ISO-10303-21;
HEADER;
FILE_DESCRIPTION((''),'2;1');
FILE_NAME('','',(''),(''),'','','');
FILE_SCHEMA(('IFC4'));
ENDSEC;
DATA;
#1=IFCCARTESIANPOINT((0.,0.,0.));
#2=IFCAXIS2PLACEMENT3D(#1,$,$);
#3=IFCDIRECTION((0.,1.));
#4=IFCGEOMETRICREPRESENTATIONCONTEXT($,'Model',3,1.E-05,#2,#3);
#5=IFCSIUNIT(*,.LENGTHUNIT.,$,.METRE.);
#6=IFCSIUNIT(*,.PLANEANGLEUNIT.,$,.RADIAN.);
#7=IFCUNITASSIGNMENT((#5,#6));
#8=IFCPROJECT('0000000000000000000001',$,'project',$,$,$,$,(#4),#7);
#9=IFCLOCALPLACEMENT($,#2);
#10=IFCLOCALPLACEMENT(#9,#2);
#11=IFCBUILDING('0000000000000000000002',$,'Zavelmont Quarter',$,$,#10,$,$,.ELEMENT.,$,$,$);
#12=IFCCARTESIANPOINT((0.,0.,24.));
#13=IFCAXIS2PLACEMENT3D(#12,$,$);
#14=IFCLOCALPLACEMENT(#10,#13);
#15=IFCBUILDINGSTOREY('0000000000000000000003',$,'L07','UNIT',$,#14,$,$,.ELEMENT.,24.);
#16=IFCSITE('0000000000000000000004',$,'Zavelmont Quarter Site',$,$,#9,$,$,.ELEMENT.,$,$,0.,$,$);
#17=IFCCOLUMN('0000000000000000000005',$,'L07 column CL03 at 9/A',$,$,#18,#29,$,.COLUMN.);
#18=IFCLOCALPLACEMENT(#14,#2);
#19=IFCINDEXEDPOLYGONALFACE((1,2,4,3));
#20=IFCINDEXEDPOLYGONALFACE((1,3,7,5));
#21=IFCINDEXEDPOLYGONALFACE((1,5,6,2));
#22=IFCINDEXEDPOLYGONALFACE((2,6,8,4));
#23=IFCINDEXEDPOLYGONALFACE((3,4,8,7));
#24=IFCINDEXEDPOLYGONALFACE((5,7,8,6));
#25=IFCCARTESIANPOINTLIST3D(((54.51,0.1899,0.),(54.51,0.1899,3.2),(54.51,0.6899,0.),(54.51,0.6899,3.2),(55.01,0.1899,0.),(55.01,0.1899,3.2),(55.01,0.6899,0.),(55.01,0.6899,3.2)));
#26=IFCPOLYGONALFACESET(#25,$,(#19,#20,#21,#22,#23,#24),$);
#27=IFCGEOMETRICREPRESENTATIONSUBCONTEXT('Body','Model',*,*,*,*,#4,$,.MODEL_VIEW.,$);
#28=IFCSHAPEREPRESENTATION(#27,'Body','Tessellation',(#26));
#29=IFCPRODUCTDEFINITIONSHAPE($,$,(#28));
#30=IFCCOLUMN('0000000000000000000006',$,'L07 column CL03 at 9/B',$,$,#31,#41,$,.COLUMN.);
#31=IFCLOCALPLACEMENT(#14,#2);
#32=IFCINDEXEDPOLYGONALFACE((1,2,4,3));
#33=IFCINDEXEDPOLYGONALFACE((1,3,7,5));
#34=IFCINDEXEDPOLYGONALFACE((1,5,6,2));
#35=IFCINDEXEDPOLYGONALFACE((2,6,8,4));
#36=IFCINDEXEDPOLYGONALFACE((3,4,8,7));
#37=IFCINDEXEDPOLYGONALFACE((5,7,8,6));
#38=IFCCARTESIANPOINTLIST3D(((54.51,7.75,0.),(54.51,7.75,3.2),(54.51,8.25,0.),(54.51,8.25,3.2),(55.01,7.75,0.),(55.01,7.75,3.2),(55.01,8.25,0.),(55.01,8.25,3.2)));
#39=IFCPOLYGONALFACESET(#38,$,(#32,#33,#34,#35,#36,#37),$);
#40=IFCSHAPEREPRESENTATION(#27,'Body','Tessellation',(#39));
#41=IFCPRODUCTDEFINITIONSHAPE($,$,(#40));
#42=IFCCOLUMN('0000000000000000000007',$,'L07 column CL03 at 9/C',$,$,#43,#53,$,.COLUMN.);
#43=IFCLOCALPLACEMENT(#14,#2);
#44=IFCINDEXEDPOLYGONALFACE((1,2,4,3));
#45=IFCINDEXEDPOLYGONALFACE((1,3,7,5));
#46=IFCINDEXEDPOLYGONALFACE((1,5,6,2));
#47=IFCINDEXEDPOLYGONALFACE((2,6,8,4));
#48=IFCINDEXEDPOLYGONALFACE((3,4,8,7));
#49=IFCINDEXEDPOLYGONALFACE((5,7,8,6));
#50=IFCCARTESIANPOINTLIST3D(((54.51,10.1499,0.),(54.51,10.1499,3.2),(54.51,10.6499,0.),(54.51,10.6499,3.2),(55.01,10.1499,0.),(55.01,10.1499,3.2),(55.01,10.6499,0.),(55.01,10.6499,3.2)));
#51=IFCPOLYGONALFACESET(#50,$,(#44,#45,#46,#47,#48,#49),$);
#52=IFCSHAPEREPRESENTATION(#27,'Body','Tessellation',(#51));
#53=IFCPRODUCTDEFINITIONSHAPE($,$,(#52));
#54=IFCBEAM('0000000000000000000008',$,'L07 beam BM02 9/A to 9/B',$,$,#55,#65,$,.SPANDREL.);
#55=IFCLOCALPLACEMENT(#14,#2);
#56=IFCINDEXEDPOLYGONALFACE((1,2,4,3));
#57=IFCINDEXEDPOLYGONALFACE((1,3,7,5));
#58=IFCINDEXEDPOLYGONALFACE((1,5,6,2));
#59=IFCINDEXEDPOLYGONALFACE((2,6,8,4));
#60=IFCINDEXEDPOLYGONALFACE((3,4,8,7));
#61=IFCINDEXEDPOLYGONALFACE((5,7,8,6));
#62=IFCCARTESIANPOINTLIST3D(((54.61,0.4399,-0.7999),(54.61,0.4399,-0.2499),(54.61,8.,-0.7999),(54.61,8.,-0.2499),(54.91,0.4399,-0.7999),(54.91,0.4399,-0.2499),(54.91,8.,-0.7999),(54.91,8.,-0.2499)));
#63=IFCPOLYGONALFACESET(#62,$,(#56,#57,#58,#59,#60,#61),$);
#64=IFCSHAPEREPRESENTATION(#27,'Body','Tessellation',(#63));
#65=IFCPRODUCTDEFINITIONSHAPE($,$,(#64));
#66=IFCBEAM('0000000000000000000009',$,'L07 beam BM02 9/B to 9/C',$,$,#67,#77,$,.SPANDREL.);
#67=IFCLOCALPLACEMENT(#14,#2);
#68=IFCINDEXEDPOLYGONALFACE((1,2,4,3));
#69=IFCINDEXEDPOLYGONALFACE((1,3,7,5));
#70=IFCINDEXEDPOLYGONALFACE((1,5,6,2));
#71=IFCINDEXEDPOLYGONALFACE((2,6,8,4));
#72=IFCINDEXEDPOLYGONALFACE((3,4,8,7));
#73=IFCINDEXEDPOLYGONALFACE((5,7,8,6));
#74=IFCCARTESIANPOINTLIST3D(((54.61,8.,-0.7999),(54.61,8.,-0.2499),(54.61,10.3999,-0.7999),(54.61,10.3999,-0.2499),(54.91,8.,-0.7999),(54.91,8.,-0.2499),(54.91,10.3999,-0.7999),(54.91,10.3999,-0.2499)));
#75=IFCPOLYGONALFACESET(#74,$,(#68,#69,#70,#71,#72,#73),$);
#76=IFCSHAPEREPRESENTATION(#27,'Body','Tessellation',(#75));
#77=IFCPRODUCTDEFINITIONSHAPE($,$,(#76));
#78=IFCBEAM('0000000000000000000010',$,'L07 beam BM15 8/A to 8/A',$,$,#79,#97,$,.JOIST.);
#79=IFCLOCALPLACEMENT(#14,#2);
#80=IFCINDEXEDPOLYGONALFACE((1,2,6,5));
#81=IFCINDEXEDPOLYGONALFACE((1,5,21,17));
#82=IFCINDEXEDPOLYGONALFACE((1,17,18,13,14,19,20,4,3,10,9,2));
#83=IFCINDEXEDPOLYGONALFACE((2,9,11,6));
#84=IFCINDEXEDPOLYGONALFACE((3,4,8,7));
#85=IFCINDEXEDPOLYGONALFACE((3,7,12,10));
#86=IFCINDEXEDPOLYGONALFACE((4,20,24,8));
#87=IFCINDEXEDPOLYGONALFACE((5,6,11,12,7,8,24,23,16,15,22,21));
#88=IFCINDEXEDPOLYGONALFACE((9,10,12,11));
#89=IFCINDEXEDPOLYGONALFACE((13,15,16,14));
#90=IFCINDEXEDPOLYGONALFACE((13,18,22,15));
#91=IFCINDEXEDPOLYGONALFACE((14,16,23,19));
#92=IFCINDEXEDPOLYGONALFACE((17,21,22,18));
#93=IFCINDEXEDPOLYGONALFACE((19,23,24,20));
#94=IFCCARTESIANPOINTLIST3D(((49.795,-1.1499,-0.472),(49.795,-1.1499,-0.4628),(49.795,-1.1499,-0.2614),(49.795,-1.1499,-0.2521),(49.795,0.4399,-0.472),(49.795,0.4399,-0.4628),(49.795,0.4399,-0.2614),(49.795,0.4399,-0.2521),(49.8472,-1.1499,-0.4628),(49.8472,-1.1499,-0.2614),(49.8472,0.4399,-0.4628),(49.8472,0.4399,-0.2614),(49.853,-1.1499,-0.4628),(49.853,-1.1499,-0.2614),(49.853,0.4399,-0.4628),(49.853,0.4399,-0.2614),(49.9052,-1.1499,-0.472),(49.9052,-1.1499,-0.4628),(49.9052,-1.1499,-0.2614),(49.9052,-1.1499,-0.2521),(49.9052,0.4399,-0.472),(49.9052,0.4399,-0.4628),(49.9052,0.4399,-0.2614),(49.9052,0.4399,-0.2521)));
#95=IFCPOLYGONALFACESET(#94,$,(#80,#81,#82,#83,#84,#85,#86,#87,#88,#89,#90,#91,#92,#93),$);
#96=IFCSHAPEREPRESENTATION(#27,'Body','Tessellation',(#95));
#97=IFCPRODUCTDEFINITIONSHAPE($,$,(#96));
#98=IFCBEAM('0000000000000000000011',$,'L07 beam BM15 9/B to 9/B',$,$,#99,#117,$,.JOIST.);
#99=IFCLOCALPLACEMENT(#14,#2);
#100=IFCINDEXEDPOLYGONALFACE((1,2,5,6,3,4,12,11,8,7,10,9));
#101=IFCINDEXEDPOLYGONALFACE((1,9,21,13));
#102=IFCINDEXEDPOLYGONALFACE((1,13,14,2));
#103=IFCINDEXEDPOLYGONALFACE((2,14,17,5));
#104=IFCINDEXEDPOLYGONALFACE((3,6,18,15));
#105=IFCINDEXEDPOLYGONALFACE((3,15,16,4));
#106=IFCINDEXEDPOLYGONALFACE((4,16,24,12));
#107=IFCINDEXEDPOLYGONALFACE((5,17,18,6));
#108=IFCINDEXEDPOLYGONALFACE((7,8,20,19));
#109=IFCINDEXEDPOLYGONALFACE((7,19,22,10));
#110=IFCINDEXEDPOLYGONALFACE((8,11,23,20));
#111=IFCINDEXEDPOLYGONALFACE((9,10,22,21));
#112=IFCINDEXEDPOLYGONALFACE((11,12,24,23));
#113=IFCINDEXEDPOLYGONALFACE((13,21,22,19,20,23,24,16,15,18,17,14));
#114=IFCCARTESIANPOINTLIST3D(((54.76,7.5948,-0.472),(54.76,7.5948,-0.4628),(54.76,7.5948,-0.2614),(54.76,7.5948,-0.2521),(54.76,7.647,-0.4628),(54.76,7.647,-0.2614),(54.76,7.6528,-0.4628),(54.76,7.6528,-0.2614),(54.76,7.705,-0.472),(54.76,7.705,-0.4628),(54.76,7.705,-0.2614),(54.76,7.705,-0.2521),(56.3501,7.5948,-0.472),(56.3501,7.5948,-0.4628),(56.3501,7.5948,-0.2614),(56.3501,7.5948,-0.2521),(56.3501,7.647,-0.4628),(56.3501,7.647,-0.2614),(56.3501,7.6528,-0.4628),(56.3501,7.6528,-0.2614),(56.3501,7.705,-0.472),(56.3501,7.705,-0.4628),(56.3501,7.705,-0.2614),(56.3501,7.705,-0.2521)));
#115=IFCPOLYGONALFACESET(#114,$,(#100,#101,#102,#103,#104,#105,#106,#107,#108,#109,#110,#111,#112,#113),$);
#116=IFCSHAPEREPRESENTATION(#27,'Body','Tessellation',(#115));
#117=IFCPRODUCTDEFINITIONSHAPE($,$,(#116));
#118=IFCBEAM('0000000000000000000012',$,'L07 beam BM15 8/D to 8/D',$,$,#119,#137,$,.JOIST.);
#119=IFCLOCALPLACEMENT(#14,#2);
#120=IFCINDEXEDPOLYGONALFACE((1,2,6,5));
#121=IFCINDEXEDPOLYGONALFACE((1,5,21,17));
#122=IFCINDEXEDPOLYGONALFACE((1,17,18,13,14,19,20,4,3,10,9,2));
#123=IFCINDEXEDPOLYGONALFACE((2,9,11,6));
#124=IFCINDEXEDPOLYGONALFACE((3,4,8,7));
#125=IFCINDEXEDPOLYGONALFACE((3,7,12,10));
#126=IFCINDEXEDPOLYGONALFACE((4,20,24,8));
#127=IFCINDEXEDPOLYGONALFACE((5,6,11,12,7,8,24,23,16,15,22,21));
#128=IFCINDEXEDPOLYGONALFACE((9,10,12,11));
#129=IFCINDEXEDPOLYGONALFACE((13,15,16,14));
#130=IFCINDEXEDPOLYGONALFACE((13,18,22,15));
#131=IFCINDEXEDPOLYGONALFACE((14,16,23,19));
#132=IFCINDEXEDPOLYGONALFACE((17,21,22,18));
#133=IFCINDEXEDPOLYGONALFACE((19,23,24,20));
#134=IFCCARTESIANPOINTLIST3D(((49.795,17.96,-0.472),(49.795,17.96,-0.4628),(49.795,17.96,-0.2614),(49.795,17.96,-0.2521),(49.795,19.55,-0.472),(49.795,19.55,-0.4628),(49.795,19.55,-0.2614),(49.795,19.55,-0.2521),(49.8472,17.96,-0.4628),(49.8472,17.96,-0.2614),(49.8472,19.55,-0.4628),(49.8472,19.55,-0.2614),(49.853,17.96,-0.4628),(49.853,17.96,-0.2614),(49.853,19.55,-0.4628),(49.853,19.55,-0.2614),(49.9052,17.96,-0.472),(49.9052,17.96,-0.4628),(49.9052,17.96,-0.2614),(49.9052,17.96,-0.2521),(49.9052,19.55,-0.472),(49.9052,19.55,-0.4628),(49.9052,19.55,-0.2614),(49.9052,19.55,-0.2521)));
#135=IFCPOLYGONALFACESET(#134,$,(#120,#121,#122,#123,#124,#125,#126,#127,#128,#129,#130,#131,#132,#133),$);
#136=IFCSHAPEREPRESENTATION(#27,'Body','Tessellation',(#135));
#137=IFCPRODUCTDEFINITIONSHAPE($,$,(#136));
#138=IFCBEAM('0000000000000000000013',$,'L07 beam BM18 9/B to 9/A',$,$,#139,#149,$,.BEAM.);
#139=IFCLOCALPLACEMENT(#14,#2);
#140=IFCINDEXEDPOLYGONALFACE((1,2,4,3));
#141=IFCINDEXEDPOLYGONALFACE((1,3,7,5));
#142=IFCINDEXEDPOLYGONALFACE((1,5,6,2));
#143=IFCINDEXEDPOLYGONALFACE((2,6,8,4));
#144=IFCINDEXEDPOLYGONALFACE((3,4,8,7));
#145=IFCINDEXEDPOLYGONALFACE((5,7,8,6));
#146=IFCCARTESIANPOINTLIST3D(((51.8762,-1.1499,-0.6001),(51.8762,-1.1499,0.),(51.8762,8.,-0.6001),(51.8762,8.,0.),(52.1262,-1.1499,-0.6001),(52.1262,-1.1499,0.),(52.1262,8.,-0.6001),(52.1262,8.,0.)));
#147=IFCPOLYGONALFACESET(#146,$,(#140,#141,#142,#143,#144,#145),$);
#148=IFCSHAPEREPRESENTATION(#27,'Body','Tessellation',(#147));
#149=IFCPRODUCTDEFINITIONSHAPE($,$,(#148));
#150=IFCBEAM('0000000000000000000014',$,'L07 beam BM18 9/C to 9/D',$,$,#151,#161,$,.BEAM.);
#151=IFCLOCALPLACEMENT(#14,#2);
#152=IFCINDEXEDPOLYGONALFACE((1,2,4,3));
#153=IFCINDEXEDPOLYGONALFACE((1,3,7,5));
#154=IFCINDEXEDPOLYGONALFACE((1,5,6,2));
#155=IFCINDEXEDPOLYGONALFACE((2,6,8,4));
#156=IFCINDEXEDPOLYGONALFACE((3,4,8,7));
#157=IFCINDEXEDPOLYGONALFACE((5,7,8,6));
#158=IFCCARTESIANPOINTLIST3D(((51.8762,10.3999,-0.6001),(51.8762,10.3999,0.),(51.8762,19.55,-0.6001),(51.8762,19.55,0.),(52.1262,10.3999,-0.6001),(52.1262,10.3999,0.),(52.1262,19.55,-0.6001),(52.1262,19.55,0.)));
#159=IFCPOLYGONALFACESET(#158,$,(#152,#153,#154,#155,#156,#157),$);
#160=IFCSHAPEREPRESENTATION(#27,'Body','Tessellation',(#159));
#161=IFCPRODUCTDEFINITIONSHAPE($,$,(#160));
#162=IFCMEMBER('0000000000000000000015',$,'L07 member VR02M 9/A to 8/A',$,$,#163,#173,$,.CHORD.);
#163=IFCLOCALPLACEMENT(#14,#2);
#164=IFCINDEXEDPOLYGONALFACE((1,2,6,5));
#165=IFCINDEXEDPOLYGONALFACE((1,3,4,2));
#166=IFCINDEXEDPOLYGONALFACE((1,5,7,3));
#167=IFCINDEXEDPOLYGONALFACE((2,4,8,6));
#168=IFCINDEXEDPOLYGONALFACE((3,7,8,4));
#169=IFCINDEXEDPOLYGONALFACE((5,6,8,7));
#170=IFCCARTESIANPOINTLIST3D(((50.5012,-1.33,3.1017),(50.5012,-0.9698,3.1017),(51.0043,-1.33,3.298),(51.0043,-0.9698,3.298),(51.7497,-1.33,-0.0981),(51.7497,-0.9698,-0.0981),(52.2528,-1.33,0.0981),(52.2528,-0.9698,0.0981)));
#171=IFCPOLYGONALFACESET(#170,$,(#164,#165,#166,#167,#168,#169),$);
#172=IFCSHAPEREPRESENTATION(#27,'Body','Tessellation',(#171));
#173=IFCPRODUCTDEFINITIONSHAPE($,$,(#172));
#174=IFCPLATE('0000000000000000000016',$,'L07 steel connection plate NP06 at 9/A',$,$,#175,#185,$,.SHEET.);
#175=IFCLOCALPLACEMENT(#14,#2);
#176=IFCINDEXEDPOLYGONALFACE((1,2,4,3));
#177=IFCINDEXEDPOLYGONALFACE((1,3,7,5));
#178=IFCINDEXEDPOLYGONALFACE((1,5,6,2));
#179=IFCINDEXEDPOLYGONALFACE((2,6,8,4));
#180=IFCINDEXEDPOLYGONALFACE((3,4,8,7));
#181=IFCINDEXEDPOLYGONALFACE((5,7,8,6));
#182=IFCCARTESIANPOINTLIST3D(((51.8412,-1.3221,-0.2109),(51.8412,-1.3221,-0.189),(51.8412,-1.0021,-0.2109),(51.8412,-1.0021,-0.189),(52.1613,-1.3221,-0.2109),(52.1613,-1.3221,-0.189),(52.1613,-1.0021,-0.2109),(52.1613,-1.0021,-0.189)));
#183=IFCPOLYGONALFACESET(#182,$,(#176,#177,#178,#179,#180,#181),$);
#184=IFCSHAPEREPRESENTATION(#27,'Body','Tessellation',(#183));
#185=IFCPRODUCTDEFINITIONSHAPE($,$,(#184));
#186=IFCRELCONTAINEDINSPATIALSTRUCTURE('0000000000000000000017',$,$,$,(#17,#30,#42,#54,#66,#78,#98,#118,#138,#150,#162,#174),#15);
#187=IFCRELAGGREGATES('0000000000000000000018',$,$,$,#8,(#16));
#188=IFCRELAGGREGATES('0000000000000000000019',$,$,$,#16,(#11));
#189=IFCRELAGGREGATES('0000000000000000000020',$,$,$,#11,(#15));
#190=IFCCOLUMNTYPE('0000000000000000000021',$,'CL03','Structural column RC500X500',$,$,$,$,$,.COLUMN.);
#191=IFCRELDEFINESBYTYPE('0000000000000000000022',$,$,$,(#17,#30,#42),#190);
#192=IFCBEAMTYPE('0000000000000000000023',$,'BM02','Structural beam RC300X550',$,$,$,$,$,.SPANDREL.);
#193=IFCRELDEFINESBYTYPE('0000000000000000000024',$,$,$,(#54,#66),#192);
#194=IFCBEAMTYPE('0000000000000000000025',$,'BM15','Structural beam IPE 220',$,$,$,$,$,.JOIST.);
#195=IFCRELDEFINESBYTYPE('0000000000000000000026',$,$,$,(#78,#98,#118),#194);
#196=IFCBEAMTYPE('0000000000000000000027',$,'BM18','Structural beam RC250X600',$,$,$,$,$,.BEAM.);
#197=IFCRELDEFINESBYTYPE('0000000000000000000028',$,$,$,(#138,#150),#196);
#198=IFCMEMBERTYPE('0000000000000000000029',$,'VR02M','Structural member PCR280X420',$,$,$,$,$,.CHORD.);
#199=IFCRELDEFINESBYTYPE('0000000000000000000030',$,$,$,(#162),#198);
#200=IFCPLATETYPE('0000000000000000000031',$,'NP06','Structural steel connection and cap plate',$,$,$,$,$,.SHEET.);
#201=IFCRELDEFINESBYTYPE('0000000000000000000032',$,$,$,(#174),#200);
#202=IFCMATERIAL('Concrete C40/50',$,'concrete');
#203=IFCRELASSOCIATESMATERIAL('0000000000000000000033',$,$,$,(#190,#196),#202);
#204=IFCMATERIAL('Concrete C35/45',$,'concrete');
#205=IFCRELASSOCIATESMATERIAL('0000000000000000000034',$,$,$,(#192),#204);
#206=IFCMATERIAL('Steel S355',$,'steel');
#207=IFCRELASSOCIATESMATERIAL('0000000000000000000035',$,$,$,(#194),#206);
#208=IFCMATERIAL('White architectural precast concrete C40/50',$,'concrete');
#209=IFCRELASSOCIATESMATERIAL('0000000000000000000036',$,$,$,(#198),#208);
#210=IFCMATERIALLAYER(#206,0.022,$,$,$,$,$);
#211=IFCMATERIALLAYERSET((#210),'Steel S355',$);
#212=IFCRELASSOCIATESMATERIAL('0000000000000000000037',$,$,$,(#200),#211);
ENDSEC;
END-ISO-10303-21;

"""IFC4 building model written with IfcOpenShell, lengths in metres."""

from ifc_helpers import new_model, si_unit, direction, frame, origin, origin_2d, place, context, subcontext, project, spatial, rectangle, i_section, extrude, material, layer, layer_set, material_profile, profile_set, type_object, element, save


model = new_model("IFC4")

# Units and contexts
model_context = context("Model", 3, precision=1e-05, world=origin(), true_north=direction((0.0, 1.0)))
body_context = subcontext(model_context, "Body", "Model", "MODEL_VIEW")
ifc_project = project(units=[si_unit("LENGTHUNIT", "METRE"), si_unit("PLANEANGLEUNIT", "RADIAN")], contexts=[model_context])

# Site, building, storey
site_placement = place(None, origin())
site = spatial("IfcSite", under=ifc_project, at=site_placement, Name="Zavelmont Quarter Site", CompositionType="ELEMENT", RefElevation=0.0)
building_placement = place(site_placement, origin())
building = spatial("IfcBuilding", under=site, at=building_placement, Name="Zavelmont Quarter", CompositionType="ELEMENT")
storey_placement = place(building_placement, frame((0.0, 0.0, 24.0)))
storey = spatial("IfcBuildingStorey", under=building, at=storey_placement, Name="L07", Description="UNIT", CompositionType="ELEMENT", Elevation=24.0)

# Columns
ifc_material_1 = material(Name="Concrete C40/50", Category="concrete")
ifc_material_profile_1 = material_profile(ifc_material_1, rectangle(XDim=0.5, YDim=0.5, at=origin_2d()), Name="RC500X500")
ifc_profile_set_1 = profile_set([ifc_material_profile_1], Name="Concrete C40/50")
column_type = type_object("IfcColumnType", Name="CL03", Description="Structural column RC500X500", PredefinedType="COLUMN", material=ifc_profile_set_1)
for number, where, z_axis, x_axis, name in (
    (1, (54.76, 0.4399, 0.0), (0.0, 0.0, 1.0), (1.0, 0.0, 0.0), "L07 column CL03 at 9/A"),
    (2, (54.76, 8.0, 0.0), (0.0, 0.0, 1.0), (1.0, 0.0, 0.0), "L07 column CL03 at 9/B"),
    (3, (54.76, 10.3999, 0.0), (0.0, 0.0, 1.0), (1.0, 0.0, 0.0), "L07 column CL03 at 9/C"),
):
    element("IfcColumn", number, at=place(storey_placement, frame(where, z_axis=z_axis, x_axis=x_axis)), inside=storey, type_object=column_type, Name=name, PredefinedType="COLUMN", context=body_context, shape_type="SweptSolid", body=[
        extrude(rectangle(XDim=0.5, YDim=0.5, at=origin_2d()), origin(), (0.0, 0.0, 1.0), 3.2),
    ])

# Beams
ifc_material_2 = material(Name="Concrete C35/45", Category="concrete")
ifc_material_profile_2 = material_profile(ifc_material_2, rectangle(XDim=0.3, YDim=0.55, at=origin_2d()), Name="RC300X550")
ifc_profile_set_2 = profile_set([ifc_material_profile_2], Name="Concrete C35/45")
beam_type_1 = type_object("IfcBeamType", Name="BM02", Description="Structural beam RC300X550", PredefinedType="SPANDREL", material=ifc_profile_set_2)
beam_1_placement = place(storey_placement, frame((54.76, 0.4399, -0.5249), z_axis=(0.0, 1.0, 0.0), x_axis=(-1.0, 0.0, 0.0)))
element("IfcBeam", 4, at=beam_1_placement, inside=storey, type_object=beam_type_1, Name="L07 beam BM02 9/A to 9/B", PredefinedType="SPANDREL", context=body_context, shape_type="SweptSolid", body=[
    extrude(rectangle(XDim=0.3, YDim=0.55, at=origin_2d()), origin(), (0.0, 0.0, 1.0), 7.5601),
])
beam_2_placement = place(storey_placement, frame((54.76, 8.0, -0.5249), z_axis=(0.0, 1.0, 0.0), x_axis=(-1.0, 0.0, 0.0)))
element("IfcBeam", 5, at=beam_2_placement, inside=storey, type_object=beam_type_1, Name="L07 beam BM02 9/B to 9/C", PredefinedType="SPANDREL", context=body_context, shape_type="SweptSolid", body=[
    extrude(rectangle(XDim=0.3, YDim=0.55, at=origin_2d()), origin(), (0.0, 0.0, 1.0), 2.3999),
])
ifc_material_3 = material(Name="Steel S355", Category="steel")
ifc_material_profile_3 = material_profile(ifc_material_3, i_section(OverallWidth=0.1101, OverallDepth=0.22, WebThickness=0.0059, FlangeThickness=0.0093, at=origin_2d()), Name="IPE 220")
ifc_profile_set_3 = profile_set([ifc_material_profile_3], Name="Steel S355")
beam_type_2 = type_object("IfcBeamType", Name="BM15", Description="Structural beam IPE 220", PredefinedType="JOIST", material=ifc_profile_set_3)
beam_3_placement = place(storey_placement, frame((49.8501, 0.4399, -0.3621), z_axis=(0.0, -1.0, 0.0), x_axis=(1.0, 0.0, 0.0)))
element("IfcBeam", 6, at=beam_3_placement, inside=storey, type_object=beam_type_2, Name="L07 beam BM15 8/A to 8/A", PredefinedType="JOIST", context=body_context, shape_type="SweptSolid", body=[
    extrude(i_section(OverallWidth=0.1101, OverallDepth=0.22, WebThickness=0.0059, FlangeThickness=0.0093, at=origin_2d()), origin(), (0.0, 0.0, 1.0), 1.5898),
])
for number, where, z_axis, x_axis, name in (
    (7, (54.76, 7.6499, -0.3621), (1.0, 0.0, 0.0), (0.0, 1.0, 0.0), "L07 beam BM15 9/B to 9/B"),
    (8, (49.8501, 17.96, -0.3621), (0.0, 1.0, 0.0), (-1.0, 0.0, 0.0), "L07 beam BM15 8/D to 8/D"),
):
    element("IfcBeam", number, at=place(storey_placement, frame(where, z_axis=z_axis, x_axis=x_axis)), inside=storey, type_object=beam_type_2, Name=name, PredefinedType="JOIST", context=body_context, shape_type="SweptSolid", body=[
        extrude(i_section(OverallWidth=0.1101, OverallDepth=0.22, WebThickness=0.0059, FlangeThickness=0.0093, at=origin_2d()), origin(), (0.0, 0.0, 1.0), 1.5901),
    ])
ifc_material_profile_4 = material_profile(ifc_material_1, rectangle(XDim=0.25, YDim=0.6001, at=origin_2d()), Name="RC250X600")
ifc_profile_set_4 = profile_set([ifc_material_profile_4], Name="Concrete C40/50")
beam_type_3 = type_object("IfcBeamType", Name="BM18", Description="Structural beam RC250X600", PredefinedType="BEAM", material=ifc_profile_set_4)
beam_4_placement = place(storey_placement, frame((52.0012, 8.0, -0.3), z_axis=(0.0, -1.0, 0.0), x_axis=(1.0, 0.0, 0.0)))
element("IfcBeam", 9, at=beam_4_placement, inside=storey, type_object=beam_type_3, Name="L07 beam BM18 9/B to 9/A", PredefinedType="BEAM", context=body_context, shape_type="SweptSolid", body=[
    extrude(rectangle(XDim=0.25, YDim=0.6001, at=origin_2d()), origin(), (0.0, 0.0, 1.0), 9.1499),
])
beam_5_placement = place(storey_placement, frame((52.0012, 10.3999, -0.3), z_axis=(0.0, 1.0, 0.0), x_axis=(-1.0, 0.0, 0.0)))
element("IfcBeam", 10, at=beam_5_placement, inside=storey, type_object=beam_type_3, Name="L07 beam BM18 9/C to 9/D", PredefinedType="BEAM", context=body_context, shape_type="SweptSolid", body=[
    extrude(rectangle(XDim=0.25, YDim=0.6001, at=origin_2d()), origin(), (0.0, 0.0, 1.0), 9.1501),
])

# Member
ifc_material_4 = material(Name="White architectural precast concrete C40/50", Category="concrete")
ifc_material_profile_5 = material_profile(ifc_material_4, rectangle(XDim=0.3601, YDim=0.54, at=origin_2d()), Name="PCR280X420")
ifc_profile_set_5 = profile_set([ifc_material_profile_5], Name="White architectural precast concrete C40/50")
member_type = type_object("IfcMemberType", Name="VR02M", Description="Structural member PCR280X420", PredefinedType="CHORD", material=ifc_profile_set_5)
member_placement = place(storey_placement, frame((52.0012, -1.1499, 0.0), z_axis=(-0.363485, 0.0, 0.9316), x_axis=(0.0, -1.0, 0.0)))
element("IfcMember", 11, at=member_placement, inside=storey, type_object=member_type, Name="L07 member VR02M 9/A to 8/A", PredefinedType="CHORD", context=body_context, shape_type="SweptSolid", body=[
    extrude(rectangle(XDim=0.3601, YDim=0.54, at=origin_2d()), origin(), (0.0, 0.0, 1.0), 3.4348),
])

# Plate
ifc_layer_1 = layer(ifc_material_3, 0.022)
ifc_layer_set_1 = layer_set([ifc_layer_1], Name="Steel S355")
plate_type = type_object("IfcPlateType", Name="NP06", Description="Structural steel connection and cap plate", PredefinedType="SHEET", material=ifc_layer_set_1)
plate_placement = place(storey_placement, frame((52.0012, -1.1621, -0.2109), z_axis=(0.0, 0.0, 1.0), x_axis=(1.0, 0.0, 0.0)))
element("IfcPlate", 12, at=plate_placement, inside=storey, type_object=plate_type, Name="L07 steel connection plate NP06 at 9/A", PredefinedType="SHEET", context=body_context, shape_type="SweptSolid", body=[
    extrude(rectangle(XDim=0.3201, YDim=0.3201, at=origin_2d()), origin(), (0.0, 0.0, 1.0), 0.022),
])

save(model, "model.ifc")
